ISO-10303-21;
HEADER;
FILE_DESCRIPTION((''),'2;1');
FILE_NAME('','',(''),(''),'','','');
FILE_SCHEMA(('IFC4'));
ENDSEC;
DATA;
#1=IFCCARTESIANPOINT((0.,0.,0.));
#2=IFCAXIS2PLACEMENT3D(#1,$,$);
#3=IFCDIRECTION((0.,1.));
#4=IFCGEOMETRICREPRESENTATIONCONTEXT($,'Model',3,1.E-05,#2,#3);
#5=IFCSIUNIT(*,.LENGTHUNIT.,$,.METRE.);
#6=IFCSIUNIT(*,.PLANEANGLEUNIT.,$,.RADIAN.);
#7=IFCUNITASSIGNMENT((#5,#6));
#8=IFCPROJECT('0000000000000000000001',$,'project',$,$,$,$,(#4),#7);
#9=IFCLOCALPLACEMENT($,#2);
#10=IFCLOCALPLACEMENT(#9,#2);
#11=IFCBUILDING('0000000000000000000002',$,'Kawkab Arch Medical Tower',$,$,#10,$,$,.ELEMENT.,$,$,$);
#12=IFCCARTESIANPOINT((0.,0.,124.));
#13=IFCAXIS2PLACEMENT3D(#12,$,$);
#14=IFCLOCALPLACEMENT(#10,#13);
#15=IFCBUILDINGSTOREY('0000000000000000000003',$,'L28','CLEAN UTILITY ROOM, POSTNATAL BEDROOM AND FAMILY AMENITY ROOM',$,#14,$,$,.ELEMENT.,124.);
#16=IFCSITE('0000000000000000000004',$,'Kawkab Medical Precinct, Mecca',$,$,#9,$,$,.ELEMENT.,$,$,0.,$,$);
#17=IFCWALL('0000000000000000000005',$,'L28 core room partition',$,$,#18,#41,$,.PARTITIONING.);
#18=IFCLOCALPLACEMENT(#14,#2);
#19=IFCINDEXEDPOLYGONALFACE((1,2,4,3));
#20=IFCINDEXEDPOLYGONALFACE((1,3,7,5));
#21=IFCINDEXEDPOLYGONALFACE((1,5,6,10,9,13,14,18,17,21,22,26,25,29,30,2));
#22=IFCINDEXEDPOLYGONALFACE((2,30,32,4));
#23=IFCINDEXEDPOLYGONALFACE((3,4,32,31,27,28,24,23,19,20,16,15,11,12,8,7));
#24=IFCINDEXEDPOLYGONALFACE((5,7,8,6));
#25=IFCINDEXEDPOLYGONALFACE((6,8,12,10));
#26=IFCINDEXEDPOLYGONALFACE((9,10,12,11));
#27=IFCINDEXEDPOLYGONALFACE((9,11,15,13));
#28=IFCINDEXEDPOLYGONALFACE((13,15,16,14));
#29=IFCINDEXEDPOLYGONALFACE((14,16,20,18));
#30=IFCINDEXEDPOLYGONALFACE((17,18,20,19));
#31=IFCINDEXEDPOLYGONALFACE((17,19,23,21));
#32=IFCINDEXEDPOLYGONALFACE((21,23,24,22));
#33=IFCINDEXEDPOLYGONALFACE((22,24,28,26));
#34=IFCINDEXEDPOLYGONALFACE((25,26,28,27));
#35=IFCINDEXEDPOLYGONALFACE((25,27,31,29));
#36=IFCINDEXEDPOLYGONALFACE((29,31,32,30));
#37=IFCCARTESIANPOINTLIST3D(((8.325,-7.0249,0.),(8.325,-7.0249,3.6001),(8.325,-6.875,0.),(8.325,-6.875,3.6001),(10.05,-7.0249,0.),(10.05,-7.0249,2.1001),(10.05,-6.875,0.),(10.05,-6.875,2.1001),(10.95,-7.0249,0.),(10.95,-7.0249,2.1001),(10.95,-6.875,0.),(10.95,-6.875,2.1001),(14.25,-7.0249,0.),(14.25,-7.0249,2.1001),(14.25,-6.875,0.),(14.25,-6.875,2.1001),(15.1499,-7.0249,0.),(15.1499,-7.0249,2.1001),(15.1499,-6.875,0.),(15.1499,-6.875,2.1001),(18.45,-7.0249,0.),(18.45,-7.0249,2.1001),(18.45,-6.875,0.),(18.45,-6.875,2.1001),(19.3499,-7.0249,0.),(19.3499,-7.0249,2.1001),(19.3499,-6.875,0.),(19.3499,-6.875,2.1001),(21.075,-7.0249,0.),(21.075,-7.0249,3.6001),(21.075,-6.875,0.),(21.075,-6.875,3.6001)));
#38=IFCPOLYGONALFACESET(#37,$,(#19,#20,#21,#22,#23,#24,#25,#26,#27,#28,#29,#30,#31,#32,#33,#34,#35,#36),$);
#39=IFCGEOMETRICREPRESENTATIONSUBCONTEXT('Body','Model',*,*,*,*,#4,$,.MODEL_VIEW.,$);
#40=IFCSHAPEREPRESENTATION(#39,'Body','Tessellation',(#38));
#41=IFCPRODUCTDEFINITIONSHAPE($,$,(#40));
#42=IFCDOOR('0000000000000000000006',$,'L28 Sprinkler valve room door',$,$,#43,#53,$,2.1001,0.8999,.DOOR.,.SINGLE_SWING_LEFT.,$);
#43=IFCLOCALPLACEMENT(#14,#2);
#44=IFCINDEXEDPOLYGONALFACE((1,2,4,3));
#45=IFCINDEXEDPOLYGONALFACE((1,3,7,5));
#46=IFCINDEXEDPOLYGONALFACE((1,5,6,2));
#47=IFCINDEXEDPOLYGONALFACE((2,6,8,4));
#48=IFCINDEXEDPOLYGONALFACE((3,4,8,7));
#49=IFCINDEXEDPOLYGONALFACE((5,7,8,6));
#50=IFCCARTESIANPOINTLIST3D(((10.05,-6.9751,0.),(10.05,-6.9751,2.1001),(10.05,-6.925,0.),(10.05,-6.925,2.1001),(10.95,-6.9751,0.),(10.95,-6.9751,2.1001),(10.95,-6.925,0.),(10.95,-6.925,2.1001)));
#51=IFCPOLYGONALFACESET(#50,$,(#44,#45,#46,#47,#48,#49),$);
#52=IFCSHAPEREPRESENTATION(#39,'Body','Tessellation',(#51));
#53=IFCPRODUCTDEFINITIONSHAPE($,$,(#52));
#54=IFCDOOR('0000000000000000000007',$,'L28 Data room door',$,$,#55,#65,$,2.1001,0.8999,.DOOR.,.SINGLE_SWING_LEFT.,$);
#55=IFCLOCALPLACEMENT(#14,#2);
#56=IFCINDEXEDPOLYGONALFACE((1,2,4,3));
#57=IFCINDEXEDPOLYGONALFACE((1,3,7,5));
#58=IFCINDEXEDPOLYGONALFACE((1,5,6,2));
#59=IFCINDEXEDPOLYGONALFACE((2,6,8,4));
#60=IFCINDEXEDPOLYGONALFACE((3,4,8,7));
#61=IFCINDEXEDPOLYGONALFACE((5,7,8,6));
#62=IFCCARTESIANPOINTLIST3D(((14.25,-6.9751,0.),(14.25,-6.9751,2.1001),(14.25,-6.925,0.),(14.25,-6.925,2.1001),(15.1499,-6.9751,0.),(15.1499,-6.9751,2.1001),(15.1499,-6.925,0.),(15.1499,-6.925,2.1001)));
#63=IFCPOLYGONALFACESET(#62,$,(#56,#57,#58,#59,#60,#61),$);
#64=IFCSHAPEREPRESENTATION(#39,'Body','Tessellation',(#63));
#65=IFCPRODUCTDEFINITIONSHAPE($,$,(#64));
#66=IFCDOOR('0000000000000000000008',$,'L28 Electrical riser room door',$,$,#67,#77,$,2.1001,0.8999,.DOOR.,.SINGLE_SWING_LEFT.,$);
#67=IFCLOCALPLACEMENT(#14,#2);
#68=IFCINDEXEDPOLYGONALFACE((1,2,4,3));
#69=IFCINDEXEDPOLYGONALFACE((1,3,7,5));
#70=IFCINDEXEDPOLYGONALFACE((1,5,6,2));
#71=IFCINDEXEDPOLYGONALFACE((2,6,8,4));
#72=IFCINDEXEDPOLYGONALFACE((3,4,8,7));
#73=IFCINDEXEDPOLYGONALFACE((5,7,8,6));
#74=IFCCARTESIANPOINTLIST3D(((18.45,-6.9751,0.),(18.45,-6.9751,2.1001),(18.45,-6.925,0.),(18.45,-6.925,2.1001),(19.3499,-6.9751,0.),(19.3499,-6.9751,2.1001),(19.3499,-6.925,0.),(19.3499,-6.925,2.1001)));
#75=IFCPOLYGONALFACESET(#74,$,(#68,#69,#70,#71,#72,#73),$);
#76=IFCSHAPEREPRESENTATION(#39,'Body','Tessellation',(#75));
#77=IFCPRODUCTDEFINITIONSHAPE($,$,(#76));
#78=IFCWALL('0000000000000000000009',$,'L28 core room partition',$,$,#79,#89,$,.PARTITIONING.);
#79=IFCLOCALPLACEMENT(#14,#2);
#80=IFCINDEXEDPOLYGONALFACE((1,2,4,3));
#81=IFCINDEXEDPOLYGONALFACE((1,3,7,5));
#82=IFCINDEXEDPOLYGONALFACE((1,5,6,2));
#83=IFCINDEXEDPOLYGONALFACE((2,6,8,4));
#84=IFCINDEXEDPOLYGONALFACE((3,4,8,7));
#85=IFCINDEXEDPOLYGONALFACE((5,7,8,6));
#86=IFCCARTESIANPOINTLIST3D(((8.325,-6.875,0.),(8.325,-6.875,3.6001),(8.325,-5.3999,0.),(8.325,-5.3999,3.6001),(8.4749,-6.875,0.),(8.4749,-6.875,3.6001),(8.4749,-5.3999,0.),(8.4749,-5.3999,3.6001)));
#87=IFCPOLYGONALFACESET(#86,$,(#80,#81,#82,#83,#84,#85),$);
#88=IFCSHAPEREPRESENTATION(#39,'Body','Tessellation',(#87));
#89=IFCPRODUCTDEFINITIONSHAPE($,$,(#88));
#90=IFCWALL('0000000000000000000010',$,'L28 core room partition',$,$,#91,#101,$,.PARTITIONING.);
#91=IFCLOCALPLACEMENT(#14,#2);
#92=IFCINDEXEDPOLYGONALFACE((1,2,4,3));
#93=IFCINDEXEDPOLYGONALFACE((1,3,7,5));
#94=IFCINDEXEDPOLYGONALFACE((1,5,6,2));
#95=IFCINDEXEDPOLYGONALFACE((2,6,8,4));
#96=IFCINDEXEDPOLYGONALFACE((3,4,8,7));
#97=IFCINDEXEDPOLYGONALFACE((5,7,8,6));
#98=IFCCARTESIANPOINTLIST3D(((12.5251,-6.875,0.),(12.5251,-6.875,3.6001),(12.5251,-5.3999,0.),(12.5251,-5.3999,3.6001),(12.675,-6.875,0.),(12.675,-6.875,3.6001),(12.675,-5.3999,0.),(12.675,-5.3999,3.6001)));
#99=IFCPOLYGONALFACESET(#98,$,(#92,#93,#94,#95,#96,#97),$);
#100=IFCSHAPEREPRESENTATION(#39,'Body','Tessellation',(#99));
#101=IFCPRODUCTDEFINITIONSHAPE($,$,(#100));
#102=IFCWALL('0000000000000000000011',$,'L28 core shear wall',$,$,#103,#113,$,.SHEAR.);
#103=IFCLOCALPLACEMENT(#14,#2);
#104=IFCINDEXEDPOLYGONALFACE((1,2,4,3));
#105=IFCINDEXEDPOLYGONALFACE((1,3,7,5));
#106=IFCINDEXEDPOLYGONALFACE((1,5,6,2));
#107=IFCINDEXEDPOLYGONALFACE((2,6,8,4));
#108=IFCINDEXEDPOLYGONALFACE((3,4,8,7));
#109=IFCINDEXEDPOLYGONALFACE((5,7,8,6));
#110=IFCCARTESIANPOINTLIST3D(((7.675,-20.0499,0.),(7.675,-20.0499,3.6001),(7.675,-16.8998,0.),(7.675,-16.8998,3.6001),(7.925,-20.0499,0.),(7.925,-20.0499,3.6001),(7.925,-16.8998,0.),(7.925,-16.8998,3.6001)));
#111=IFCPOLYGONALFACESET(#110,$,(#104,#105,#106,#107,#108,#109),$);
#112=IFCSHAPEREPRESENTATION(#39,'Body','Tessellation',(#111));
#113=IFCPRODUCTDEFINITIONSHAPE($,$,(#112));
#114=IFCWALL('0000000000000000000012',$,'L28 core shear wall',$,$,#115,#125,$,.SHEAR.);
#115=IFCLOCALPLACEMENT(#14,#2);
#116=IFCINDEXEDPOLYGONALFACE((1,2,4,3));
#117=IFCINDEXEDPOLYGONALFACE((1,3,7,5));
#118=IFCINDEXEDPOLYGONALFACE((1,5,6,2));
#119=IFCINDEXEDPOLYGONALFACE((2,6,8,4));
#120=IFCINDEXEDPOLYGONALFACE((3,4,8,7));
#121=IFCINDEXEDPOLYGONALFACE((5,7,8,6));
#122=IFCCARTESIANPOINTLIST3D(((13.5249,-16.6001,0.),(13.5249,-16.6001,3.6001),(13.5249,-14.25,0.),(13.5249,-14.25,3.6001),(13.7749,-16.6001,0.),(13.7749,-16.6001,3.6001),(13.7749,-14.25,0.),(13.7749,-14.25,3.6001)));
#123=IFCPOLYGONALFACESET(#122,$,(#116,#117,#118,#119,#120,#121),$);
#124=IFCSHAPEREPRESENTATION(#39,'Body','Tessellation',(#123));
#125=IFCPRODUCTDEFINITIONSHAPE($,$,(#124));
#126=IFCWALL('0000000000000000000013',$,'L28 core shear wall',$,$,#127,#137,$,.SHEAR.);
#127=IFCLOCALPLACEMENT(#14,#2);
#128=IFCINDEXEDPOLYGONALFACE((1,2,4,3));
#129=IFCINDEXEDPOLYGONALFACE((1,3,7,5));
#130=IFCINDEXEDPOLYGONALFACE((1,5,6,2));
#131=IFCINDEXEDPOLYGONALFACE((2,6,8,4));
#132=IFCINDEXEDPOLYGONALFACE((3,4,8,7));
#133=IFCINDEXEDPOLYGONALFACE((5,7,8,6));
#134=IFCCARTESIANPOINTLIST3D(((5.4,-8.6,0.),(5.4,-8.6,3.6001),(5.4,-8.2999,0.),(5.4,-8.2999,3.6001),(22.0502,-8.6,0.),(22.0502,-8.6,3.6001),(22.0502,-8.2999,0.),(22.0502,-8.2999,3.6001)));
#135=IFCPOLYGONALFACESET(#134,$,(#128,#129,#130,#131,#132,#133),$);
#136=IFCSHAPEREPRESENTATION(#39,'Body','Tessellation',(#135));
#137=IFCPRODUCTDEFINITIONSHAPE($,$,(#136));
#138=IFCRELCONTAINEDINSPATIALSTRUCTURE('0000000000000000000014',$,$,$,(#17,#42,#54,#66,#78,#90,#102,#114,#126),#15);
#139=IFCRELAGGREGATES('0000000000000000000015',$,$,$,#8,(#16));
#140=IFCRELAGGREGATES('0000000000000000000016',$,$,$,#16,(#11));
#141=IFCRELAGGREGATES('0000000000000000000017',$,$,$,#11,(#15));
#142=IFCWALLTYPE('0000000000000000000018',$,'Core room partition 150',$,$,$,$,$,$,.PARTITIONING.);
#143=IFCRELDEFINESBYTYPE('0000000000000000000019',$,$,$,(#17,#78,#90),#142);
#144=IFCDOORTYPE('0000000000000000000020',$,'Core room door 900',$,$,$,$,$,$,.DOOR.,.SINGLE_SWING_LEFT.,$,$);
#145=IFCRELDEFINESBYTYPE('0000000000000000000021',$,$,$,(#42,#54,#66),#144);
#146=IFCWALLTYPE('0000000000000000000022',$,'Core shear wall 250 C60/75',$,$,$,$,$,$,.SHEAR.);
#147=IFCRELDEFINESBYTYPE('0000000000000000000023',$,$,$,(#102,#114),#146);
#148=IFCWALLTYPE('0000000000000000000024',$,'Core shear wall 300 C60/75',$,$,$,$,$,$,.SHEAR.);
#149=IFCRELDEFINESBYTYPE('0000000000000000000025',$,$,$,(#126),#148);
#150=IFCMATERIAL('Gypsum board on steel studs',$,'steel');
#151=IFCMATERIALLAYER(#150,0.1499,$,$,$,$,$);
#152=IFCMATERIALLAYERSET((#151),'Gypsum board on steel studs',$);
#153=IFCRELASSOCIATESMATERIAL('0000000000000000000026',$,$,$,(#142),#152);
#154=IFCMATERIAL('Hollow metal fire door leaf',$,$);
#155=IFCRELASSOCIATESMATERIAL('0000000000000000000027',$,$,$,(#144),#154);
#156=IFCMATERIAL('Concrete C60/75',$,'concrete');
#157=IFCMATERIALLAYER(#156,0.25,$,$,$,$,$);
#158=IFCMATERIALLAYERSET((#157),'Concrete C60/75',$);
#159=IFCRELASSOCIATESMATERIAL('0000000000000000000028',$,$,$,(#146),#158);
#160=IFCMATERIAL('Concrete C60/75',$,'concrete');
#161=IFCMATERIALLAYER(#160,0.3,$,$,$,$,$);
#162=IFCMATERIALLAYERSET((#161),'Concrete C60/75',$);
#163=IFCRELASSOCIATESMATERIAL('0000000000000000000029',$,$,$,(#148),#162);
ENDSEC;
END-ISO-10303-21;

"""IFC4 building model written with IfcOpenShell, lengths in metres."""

from ifc_helpers import new_model, si_unit, direction, frame, frame_2d, origin, place, context, subcontext, project, spatial, rectangle, extrude, material, layer, layer_set, type_object, element, fill, save


model = new_model("IFC4")

# Units and contexts
model_context = context("Model", 3, precision=1e-05, world=origin(), true_north=direction((0.0, 1.0)))
body_context = subcontext(model_context, "Body", "Model", "MODEL_VIEW")
ifc_project = project(units=[si_unit("LENGTHUNIT", "METRE"), si_unit("PLANEANGLEUNIT", "RADIAN")], contexts=[model_context])

# Site, building, storey
site_placement = place(None, origin())
site = spatial("IfcSite", under=ifc_project, at=site_placement, Name="Kawkab Medical Precinct, Mecca", CompositionType="ELEMENT", RefElevation=0.0)
building_placement = place(site_placement, origin())
building = spatial("IfcBuilding", under=site, at=building_placement, Name="Kawkab Arch Medical Tower", CompositionType="ELEMENT")
storey_placement = place(building_placement, frame((0.0, 0.0, 124.0)))
storey = spatial("IfcBuildingStorey", under=building, at=storey_placement, Name="L28", Description="CLEAN UTILITY ROOM, POSTNATAL BEDROOM AND FAMILY AMENITY ROOM", CompositionType="ELEMENT", Elevation=124.0)

# Wall, openings, doors
ifc_material_1 = material(Name="Gypsum board on steel studs", Category="steel")
ifc_layer_1 = layer(ifc_material_1, 0.1499)
ifc_layer_set_1 = layer_set([ifc_layer_1], Name="Gypsum board on steel studs")
wall_type_1 = type_object("IfcWallType", Name="Core room partition 150", PredefinedType="PARTITIONING", material=ifc_layer_set_1)
wall_1_placement = place(storey_placement, frame((8.325, -6.95, 0.0), z_axis=(0.0, 0.0, 1.0), x_axis=(1.0, 0.0, 0.0)))
wall_1 = element("IfcWall", 1, at=wall_1_placement, inside=storey, type_object=wall_type_1, Name="L28 core room partition", PredefinedType="PARTITIONING", context=body_context, shape_type="SweptSolid", body=[
    extrude(rectangle(XDim=12.75, YDim=0.1499, at=frame_2d((6.375, 0.0))), origin(), (0.0, 0.0, 1.0), 3.6001),
])
opening_1_placement = place(wall_1_placement, frame((1.7251, 0.0, 0.0)))
opening_1 = element("IfcOpeningElement", 2, at=opening_1_placement, cuts=wall_1, PredefinedType="OPENING", context=body_context, shape_type="SweptSolid", body=[
    extrude(rectangle(XDim=0.8999, YDim=2.1001, at=frame_2d((0.45, 1.05))), frame((0.0, 0.085, 0.0), z_axis=(0.0, -1.0, 0.0), x_axis=(1.0, 0.0, 0.0)), (0.0, 0.0, 1.0), 0.1699),
])
opening_2_placement = place(wall_1_placement, frame((5.925, 0.0, 0.0)))
opening_2 = element("IfcOpeningElement", 3, at=opening_2_placement, cuts=wall_1, PredefinedType="OPENING", context=body_context, shape_type="SweptSolid", body=[
    extrude(rectangle(XDim=0.8999, YDim=2.1001, at=frame_2d((0.45, 1.05))), frame((0.0, 0.085, 0.0), z_axis=(0.0, -1.0, 0.0), x_axis=(1.0, 0.0, 0.0)), (0.0, 0.0, 1.0), 0.1699),
])
opening_3_placement = place(wall_1_placement, frame((10.125, 0.0, 0.0)))
opening_3 = element("IfcOpeningElement", 4, at=opening_3_placement, cuts=wall_1, PredefinedType="OPENING", context=body_context, shape_type="SweptSolid", body=[
    extrude(rectangle(XDim=0.8999, YDim=2.1001, at=frame_2d((0.45, 1.05))), frame((0.0, 0.085, 0.0), z_axis=(0.0, -1.0, 0.0), x_axis=(1.0, 0.0, 0.0)), (0.0, 0.0, 1.0), 0.1699),
])
ifc_material_2 = material(Name="Hollow metal fire door leaf")
door_type_1 = type_object("IfcDoorType", Name="Core room door 900", OperationType="SINGLE_SWING_LEFT", PredefinedType="DOOR", material=ifc_material_2)
door_1_placement = place(opening_1_placement, origin())
door_1 = element("IfcDoor", 5, at=door_1_placement, inside=storey, type_object=door_type_1, Name="L28 Sprinkler valve room door", OperationType="SINGLE_SWING_LEFT", OverallHeight=2.1001, OverallWidth=0.8999, PredefinedType="DOOR", context=body_context, shape_type="SweptSolid", body=[
    extrude(rectangle(XDim=0.8999, YDim=2.1001, at=frame_2d((0.45, 1.05))), frame((0.0, 0.0249, 0.0), z_axis=(0.0, -1.0, 0.0), x_axis=(1.0, 0.0, 0.0)), (0.0, 0.0, 1.0), 0.05),
])
fill(opening_1, door_1)
door_2_placement = place(opening_2_placement, origin())
door_2 = element("IfcDoor", 6, at=door_2_placement, inside=storey, type_object=door_type_1, Name="L28 Data room door", OperationType="SINGLE_SWING_LEFT", OverallHeight=2.1001, OverallWidth=0.8999, PredefinedType="DOOR", context=body_context, shape_type="SweptSolid", body=[
    extrude(rectangle(XDim=0.8999, YDim=2.1001, at=frame_2d((0.45, 1.05))), frame((0.0, 0.0249, 0.0), z_axis=(0.0, -1.0, 0.0), x_axis=(1.0, 0.0, 0.0)), (0.0, 0.0, 1.0), 0.05),
])
fill(opening_2, door_2)
door_3_placement = place(opening_3_placement, origin())
door_3 = element("IfcDoor", 7, at=door_3_placement, inside=storey, type_object=door_type_1, Name="L28 Electrical riser room door", OperationType="SINGLE_SWING_LEFT", OverallHeight=2.1001, OverallWidth=0.8999, PredefinedType="DOOR", context=body_context, shape_type="SweptSolid", body=[
    extrude(rectangle(XDim=0.8999, YDim=2.1001, at=frame_2d((0.45, 1.05))), frame((0.0, 0.0249, 0.0), z_axis=(0.0, -1.0, 0.0), x_axis=(1.0, 0.0, 0.0)), (0.0, 0.0, 1.0), 0.05),
])
fill(opening_3, door_3)

# Walls
for number, where, z_axis, x_axis, name in (
    (8, (8.3999, -6.875, 0.0), (0.0, 0.0, 1.0), (0.0, 1.0, 0.0), "L28 core room partition"),
    (9, (12.6001, -6.875, 0.0), (0.0, 0.0, 1.0), (0.0, 1.0, 0.0), "L28 core room partition"),
):
    element("IfcWall", number, at=place(storey_placement, frame(where, z_axis=z_axis, x_axis=x_axis)), inside=storey, type_object=wall_type_1, Name=name, PredefinedType="PARTITIONING", context=body_context, shape_type="SweptSolid", body=[
        extrude(rectangle(XDim=1.4751, YDim=0.1499, at=frame_2d((0.7375, 0.0))), origin(), (0.0, 0.0, 1.0), 3.6001),
    ])
ifc_material_3 = material(Name="Concrete C60/75", Category="concrete")
ifc_layer_2 = layer(ifc_material_3, 0.25)
ifc_layer_set_2 = layer_set([ifc_layer_2], Name="Concrete C60/75")
wall_type_2 = type_object("IfcWallType", Name="Core shear wall 250 C60/75", PredefinedType="SHEAR", material=ifc_layer_set_2)
wall_2_placement = place(storey_placement, frame((7.8, -20.05, 0.0), z_axis=(0.0, 0.0, 1.0), x_axis=(0.0, 1.0, 0.0)))
element("IfcWall", 10, at=wall_2_placement, inside=storey, type_object=wall_type_2, Name="L28 core shear wall", PredefinedType="SHEAR", context=body_context, shape_type="SweptSolid", body=[
    extrude(rectangle(XDim=3.1501, YDim=0.25, at=frame_2d((1.5752, 0.0))), origin(), (0.0, 0.0, 1.0), 3.6001),
])
wall_3_placement = place(storey_placement, frame((13.6499, -16.6001, 0.0), z_axis=(0.0, 0.0, 1.0), x_axis=(0.0, 1.0, 0.0)))
element("IfcWall", 11, at=wall_3_placement, inside=storey, type_object=wall_type_2, Name="L28 core shear wall", PredefinedType="SHEAR", context=body_context, shape_type="SweptSolid", body=[
    extrude(rectangle(XDim=2.3501, YDim=0.25, at=frame_2d((1.175, 0.0))), origin(), (0.0, 0.0, 1.0), 3.6001),
])
ifc_material_4 = material(Name="Concrete C60/75", Category="concrete")
ifc_layer_3 = layer(ifc_material_4, 0.3)
ifc_layer_set_3 = layer_set([ifc_layer_3], Name="Concrete C60/75")
wall_type_3 = type_object("IfcWallType", Name="Core shear wall 300 C60/75", PredefinedType="SHEAR", material=ifc_layer_set_3)
wall_4_placement = place(storey_placement, frame((5.3999, -8.45, 0.0), z_axis=(0.0, 0.0, 1.0), x_axis=(1.0, 0.0, 0.0)))
element("IfcWall", 12, at=wall_4_placement, inside=storey, type_object=wall_type_3, Name="L28 core shear wall", PredefinedType="SHEAR", context=body_context, shape_type="SweptSolid", body=[
    extrude(rectangle(XDim=16.6501, YDim=0.3, at=frame_2d((8.3252, 0.0))), origin(), (0.0, 0.0, 1.0), 3.6001),
])

save(model, "model.ifc")
